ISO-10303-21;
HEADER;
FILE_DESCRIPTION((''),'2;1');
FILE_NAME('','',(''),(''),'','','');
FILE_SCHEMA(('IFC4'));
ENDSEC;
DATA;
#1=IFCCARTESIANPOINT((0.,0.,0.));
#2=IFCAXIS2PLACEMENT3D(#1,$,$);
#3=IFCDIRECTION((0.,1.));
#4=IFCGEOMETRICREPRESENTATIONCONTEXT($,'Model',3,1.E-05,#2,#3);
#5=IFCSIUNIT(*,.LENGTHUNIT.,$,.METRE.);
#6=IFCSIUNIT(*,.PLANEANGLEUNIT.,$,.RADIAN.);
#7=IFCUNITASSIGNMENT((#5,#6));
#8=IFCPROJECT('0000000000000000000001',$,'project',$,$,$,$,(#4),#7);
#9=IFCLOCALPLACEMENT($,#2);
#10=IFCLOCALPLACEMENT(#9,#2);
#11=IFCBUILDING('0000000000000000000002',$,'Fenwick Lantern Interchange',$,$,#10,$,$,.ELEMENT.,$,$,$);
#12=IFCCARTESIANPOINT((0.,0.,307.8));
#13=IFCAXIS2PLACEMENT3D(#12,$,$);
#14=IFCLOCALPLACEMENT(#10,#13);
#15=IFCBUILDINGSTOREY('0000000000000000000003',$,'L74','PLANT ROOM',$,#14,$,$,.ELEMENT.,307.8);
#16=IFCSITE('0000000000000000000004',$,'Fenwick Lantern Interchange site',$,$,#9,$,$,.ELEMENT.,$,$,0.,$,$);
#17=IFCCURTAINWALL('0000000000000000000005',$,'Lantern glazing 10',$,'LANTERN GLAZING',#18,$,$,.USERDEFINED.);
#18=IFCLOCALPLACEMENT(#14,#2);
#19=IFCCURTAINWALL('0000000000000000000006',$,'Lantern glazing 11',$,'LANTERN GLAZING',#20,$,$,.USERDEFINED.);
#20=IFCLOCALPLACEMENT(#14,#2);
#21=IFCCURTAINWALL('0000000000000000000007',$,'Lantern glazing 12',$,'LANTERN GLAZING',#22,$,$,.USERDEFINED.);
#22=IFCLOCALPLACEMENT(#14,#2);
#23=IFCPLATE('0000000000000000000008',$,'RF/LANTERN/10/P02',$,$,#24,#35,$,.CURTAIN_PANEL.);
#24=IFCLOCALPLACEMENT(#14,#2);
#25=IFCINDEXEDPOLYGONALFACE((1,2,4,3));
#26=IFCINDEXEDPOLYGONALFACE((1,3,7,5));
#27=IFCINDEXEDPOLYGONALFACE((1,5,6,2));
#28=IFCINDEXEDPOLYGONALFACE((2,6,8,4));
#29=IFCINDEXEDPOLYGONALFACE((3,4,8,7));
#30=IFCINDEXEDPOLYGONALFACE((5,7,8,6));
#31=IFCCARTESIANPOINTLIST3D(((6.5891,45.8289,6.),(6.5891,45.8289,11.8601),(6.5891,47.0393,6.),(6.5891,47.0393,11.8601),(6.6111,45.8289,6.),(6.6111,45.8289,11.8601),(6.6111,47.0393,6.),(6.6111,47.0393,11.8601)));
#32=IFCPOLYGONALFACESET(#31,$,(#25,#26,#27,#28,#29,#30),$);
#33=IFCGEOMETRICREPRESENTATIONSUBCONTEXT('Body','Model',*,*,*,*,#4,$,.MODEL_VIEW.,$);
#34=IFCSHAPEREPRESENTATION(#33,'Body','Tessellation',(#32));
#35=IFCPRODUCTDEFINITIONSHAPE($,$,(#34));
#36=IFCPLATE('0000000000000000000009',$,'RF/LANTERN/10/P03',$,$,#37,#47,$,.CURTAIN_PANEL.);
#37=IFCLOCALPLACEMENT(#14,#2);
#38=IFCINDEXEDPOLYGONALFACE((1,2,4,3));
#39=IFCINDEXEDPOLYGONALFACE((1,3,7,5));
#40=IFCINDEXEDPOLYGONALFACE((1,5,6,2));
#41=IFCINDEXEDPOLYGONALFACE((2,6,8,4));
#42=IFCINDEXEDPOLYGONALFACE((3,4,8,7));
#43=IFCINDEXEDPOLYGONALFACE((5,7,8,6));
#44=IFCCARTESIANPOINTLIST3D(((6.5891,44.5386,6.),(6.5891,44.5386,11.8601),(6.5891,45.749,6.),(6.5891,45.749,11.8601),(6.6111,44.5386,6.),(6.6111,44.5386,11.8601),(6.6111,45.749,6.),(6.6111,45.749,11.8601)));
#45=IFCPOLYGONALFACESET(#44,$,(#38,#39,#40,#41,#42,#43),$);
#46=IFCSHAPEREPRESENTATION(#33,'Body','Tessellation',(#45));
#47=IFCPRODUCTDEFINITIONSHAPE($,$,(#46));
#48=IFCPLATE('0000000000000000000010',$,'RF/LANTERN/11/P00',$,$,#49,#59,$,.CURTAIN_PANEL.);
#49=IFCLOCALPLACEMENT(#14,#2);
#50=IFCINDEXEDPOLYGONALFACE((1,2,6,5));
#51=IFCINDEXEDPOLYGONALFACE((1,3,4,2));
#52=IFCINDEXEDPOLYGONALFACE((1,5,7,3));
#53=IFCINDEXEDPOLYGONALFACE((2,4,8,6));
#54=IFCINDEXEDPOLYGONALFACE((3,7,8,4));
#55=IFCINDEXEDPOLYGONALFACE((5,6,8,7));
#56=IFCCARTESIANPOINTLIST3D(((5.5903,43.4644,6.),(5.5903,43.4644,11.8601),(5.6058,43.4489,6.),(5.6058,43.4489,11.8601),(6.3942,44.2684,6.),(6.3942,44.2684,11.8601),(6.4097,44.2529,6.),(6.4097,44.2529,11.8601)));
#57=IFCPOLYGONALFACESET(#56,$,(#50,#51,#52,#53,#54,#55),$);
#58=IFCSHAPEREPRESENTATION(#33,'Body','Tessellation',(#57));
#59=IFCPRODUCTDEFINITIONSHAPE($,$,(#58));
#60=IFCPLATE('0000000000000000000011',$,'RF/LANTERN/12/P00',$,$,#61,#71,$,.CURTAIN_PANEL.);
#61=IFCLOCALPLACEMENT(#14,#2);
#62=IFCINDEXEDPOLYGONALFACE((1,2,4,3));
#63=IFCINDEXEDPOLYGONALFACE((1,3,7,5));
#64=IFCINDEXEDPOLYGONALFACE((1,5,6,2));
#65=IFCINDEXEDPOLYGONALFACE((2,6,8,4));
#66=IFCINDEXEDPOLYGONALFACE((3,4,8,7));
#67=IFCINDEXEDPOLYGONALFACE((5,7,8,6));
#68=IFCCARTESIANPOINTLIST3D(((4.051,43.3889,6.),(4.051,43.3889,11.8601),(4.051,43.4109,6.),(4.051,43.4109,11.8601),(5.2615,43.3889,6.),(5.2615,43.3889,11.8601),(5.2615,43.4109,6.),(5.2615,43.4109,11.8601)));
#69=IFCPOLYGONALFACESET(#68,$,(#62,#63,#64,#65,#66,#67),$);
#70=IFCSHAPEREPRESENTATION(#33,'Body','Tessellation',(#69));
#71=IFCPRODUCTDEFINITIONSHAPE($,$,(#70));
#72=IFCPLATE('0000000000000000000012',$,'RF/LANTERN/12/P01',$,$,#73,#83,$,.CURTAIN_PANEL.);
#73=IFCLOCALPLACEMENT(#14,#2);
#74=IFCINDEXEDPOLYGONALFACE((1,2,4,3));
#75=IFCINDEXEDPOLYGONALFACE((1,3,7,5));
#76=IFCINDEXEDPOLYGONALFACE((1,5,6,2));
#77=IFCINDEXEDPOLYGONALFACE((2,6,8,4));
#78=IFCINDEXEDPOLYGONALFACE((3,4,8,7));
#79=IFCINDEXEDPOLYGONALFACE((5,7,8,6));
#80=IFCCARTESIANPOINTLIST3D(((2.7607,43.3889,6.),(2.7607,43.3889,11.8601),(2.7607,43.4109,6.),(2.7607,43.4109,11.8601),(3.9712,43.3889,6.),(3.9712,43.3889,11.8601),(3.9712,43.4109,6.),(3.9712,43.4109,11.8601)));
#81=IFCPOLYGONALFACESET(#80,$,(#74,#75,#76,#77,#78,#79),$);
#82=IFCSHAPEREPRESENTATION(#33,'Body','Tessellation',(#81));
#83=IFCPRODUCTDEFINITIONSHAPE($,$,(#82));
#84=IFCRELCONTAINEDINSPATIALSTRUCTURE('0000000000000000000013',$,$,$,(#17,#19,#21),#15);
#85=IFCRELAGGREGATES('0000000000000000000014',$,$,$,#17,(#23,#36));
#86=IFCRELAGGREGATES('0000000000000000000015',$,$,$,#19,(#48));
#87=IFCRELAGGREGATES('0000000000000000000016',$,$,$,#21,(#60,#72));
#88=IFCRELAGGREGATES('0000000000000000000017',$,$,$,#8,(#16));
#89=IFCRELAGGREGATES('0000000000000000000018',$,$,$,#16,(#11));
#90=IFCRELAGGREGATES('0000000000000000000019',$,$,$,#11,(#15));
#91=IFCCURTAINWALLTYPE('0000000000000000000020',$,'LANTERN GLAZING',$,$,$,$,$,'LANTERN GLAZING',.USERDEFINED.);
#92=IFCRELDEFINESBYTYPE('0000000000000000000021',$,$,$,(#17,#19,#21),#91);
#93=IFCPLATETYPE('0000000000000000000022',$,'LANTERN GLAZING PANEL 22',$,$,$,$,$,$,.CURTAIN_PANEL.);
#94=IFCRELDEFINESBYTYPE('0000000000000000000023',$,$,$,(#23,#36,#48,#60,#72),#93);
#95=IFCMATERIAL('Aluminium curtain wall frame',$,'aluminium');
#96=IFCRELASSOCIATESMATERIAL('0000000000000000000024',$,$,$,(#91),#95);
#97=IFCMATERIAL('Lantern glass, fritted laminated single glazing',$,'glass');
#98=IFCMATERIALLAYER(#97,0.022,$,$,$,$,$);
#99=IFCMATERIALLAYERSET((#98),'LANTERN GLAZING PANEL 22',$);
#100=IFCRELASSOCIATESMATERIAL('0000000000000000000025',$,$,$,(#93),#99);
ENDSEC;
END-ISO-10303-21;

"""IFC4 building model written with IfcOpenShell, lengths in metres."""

from ifc_helpers import new_model, si_unit, direction, frame, origin, origin_2d, place, context, subcontext, project, spatial, rectangle, extrude, material, layer, layer_set, type_object, element, aggregate, save


model = new_model("IFC4")

# Units and contexts
model_context = context("Model", 3, precision=1e-05, world=origin(), true_north=direction((0.0, 1.0)))
body_context = subcontext(model_context, "Body", "Model", "MODEL_VIEW")
ifc_project = project(units=[si_unit("LENGTHUNIT", "METRE"), si_unit("PLANEANGLEUNIT", "RADIAN")], contexts=[model_context])

# Site, building, storey
site_placement = place(None, origin())
site = spatial("IfcSite", under=ifc_project, at=site_placement, Name="Fenwick Lantern Interchange site", CompositionType="ELEMENT", RefElevation=0.0)
building_placement = place(site_placement, origin())
building = spatial("IfcBuilding", under=site, at=building_placement, Name="Fenwick Lantern Interchange", CompositionType="ELEMENT")
storey_placement = place(building_placement, frame((0.0, 0.0, 307.8)))
storey = spatial("IfcBuildingStorey", under=building, at=storey_placement, Name="L74", Description="PLANT ROOM", CompositionType="ELEMENT", Elevation=307.8)

# Curtain walls
ifc_material_1 = material(Name="Aluminium curtain wall frame", Category="aluminium")
curtain_wall_type = type_object("IfcCurtainWallType", Name="LANTERN GLAZING", ElementType="LANTERN GLAZING", PredefinedType="USERDEFINED", material=ifc_material_1)
curtain_wall_1_placement = place(storey_placement, origin())
curtain_wall_1 = element("IfcCurtainWall", 1, at=curtain_wall_1_placement, inside=storey, type_object=curtain_wall_type, Name="Lantern glazing 10", ObjectType="LANTERN GLAZING", PredefinedType="USERDEFINED")
curtain_wall_2_placement = place(storey_placement, origin())
curtain_wall_2 = element("IfcCurtainWall", 2, at=curtain_wall_2_placement, inside=storey, type_object=curtain_wall_type, Name="Lantern glazing 11", ObjectType="LANTERN GLAZING", PredefinedType="USERDEFINED")
curtain_wall_3_placement = place(storey_placement, origin())
curtain_wall_3 = element("IfcCurtainWall", 3, at=curtain_wall_3_placement, inside=storey, type_object=curtain_wall_type, Name="Lantern glazing 12", ObjectType="LANTERN GLAZING", PredefinedType="USERDEFINED")

# Plates
ifc_material_2 = material(Name="Lantern glass, fritted laminated single glazing", Category="glass")
ifc_layer = layer(ifc_material_2, 0.022)
ifc_layer_set = layer_set([ifc_layer], Name="LANTERN GLAZING PANEL 22")
plate_type = type_object("IfcPlateType", Name="LANTERN GLAZING PANEL 22", PredefinedType="CURTAIN_PANEL", material=ifc_layer_set)
plate_1_placement = place(storey_placement, frame((6.6001, 46.4341, 6.0), z_axis=(0.0, 0.0, 1.0), x_axis=(0.0, -1.0, 0.0)))
plate_1 = element("IfcPlate", 4, at=plate_1_placement, type_object=plate_type, Name="RF/LANTERN/10/P02", PredefinedType="CURTAIN_PANEL", context=body_context, shape_type="SweptSolid", body=[
    extrude(rectangle(XDim=1.2104, YDim=0.022, at=origin_2d()), origin(), (0.0, 0.0, 1.0), 5.8601),
])
plate_2_placement = place(storey_placement, frame((6.6001, 45.1438, 6.0), z_axis=(0.0, 0.0, 1.0), x_axis=(0.0, -1.0, 0.0)))
plate_2 = element("IfcPlate", 5, at=plate_2_placement, type_object=plate_type, Name="RF/LANTERN/10/P03", PredefinedType="CURTAIN_PANEL", context=body_context, shape_type="SweptSolid", body=[
    extrude(rectangle(XDim=1.2104, YDim=0.022, at=origin_2d()), origin(), (0.0, 0.0, 1.0), 5.8601),
])
aggregate(curtain_wall_1, [plate_1, plate_2])
plate_3_placement = place(storey_placement, frame((6.0, 43.8586, 6.0), z_axis=(0.0, 0.0, 1.0), x_axis=(-0.707107, -0.707107, 0.0)))
plate_3 = element("IfcPlate", 6, at=plate_3_placement, type_object=plate_type, Name="RF/LANTERN/11/P00", PredefinedType="CURTAIN_PANEL", context=body_context, shape_type="SweptSolid", body=[
    extrude(rectangle(XDim=1.137, YDim=0.022, at=origin_2d()), origin(), (0.0, 0.0, 1.0), 5.8601),
])
aggregate(curtain_wall_2, [plate_3])
plate_4_placement = place(storey_placement, frame((4.6562, 43.3999, 6.0), z_axis=(0.0, 0.0, 1.0), x_axis=(-1.0, 0.0, 0.0)))
plate_4 = element("IfcPlate", 7, at=plate_4_placement, type_object=plate_type, Name="RF/LANTERN/12/P00", PredefinedType="CURTAIN_PANEL", context=body_context, shape_type="SweptSolid", body=[
    extrude(rectangle(XDim=1.2104, YDim=0.022, at=origin_2d()), origin(), (0.0, 0.0, 1.0), 5.8601),
])
plate_5_placement = place(storey_placement, frame((3.366, 43.3999, 6.0), z_axis=(0.0, 0.0, 1.0), x_axis=(-1.0, 0.0, 0.0)))
plate_5 = element("IfcPlate", 8, at=plate_5_placement, type_object=plate_type, Name="RF/LANTERN/12/P01", PredefinedType="CURTAIN_PANEL", context=body_context, shape_type="SweptSolid", body=[
    extrude(rectangle(XDim=1.2104, YDim=0.022, at=origin_2d()), origin(), (0.0, 0.0, 1.0), 5.8601),
])
aggregate(curtain_wall_3, [plate_4, plate_5])

save(model, "model.ifc")
